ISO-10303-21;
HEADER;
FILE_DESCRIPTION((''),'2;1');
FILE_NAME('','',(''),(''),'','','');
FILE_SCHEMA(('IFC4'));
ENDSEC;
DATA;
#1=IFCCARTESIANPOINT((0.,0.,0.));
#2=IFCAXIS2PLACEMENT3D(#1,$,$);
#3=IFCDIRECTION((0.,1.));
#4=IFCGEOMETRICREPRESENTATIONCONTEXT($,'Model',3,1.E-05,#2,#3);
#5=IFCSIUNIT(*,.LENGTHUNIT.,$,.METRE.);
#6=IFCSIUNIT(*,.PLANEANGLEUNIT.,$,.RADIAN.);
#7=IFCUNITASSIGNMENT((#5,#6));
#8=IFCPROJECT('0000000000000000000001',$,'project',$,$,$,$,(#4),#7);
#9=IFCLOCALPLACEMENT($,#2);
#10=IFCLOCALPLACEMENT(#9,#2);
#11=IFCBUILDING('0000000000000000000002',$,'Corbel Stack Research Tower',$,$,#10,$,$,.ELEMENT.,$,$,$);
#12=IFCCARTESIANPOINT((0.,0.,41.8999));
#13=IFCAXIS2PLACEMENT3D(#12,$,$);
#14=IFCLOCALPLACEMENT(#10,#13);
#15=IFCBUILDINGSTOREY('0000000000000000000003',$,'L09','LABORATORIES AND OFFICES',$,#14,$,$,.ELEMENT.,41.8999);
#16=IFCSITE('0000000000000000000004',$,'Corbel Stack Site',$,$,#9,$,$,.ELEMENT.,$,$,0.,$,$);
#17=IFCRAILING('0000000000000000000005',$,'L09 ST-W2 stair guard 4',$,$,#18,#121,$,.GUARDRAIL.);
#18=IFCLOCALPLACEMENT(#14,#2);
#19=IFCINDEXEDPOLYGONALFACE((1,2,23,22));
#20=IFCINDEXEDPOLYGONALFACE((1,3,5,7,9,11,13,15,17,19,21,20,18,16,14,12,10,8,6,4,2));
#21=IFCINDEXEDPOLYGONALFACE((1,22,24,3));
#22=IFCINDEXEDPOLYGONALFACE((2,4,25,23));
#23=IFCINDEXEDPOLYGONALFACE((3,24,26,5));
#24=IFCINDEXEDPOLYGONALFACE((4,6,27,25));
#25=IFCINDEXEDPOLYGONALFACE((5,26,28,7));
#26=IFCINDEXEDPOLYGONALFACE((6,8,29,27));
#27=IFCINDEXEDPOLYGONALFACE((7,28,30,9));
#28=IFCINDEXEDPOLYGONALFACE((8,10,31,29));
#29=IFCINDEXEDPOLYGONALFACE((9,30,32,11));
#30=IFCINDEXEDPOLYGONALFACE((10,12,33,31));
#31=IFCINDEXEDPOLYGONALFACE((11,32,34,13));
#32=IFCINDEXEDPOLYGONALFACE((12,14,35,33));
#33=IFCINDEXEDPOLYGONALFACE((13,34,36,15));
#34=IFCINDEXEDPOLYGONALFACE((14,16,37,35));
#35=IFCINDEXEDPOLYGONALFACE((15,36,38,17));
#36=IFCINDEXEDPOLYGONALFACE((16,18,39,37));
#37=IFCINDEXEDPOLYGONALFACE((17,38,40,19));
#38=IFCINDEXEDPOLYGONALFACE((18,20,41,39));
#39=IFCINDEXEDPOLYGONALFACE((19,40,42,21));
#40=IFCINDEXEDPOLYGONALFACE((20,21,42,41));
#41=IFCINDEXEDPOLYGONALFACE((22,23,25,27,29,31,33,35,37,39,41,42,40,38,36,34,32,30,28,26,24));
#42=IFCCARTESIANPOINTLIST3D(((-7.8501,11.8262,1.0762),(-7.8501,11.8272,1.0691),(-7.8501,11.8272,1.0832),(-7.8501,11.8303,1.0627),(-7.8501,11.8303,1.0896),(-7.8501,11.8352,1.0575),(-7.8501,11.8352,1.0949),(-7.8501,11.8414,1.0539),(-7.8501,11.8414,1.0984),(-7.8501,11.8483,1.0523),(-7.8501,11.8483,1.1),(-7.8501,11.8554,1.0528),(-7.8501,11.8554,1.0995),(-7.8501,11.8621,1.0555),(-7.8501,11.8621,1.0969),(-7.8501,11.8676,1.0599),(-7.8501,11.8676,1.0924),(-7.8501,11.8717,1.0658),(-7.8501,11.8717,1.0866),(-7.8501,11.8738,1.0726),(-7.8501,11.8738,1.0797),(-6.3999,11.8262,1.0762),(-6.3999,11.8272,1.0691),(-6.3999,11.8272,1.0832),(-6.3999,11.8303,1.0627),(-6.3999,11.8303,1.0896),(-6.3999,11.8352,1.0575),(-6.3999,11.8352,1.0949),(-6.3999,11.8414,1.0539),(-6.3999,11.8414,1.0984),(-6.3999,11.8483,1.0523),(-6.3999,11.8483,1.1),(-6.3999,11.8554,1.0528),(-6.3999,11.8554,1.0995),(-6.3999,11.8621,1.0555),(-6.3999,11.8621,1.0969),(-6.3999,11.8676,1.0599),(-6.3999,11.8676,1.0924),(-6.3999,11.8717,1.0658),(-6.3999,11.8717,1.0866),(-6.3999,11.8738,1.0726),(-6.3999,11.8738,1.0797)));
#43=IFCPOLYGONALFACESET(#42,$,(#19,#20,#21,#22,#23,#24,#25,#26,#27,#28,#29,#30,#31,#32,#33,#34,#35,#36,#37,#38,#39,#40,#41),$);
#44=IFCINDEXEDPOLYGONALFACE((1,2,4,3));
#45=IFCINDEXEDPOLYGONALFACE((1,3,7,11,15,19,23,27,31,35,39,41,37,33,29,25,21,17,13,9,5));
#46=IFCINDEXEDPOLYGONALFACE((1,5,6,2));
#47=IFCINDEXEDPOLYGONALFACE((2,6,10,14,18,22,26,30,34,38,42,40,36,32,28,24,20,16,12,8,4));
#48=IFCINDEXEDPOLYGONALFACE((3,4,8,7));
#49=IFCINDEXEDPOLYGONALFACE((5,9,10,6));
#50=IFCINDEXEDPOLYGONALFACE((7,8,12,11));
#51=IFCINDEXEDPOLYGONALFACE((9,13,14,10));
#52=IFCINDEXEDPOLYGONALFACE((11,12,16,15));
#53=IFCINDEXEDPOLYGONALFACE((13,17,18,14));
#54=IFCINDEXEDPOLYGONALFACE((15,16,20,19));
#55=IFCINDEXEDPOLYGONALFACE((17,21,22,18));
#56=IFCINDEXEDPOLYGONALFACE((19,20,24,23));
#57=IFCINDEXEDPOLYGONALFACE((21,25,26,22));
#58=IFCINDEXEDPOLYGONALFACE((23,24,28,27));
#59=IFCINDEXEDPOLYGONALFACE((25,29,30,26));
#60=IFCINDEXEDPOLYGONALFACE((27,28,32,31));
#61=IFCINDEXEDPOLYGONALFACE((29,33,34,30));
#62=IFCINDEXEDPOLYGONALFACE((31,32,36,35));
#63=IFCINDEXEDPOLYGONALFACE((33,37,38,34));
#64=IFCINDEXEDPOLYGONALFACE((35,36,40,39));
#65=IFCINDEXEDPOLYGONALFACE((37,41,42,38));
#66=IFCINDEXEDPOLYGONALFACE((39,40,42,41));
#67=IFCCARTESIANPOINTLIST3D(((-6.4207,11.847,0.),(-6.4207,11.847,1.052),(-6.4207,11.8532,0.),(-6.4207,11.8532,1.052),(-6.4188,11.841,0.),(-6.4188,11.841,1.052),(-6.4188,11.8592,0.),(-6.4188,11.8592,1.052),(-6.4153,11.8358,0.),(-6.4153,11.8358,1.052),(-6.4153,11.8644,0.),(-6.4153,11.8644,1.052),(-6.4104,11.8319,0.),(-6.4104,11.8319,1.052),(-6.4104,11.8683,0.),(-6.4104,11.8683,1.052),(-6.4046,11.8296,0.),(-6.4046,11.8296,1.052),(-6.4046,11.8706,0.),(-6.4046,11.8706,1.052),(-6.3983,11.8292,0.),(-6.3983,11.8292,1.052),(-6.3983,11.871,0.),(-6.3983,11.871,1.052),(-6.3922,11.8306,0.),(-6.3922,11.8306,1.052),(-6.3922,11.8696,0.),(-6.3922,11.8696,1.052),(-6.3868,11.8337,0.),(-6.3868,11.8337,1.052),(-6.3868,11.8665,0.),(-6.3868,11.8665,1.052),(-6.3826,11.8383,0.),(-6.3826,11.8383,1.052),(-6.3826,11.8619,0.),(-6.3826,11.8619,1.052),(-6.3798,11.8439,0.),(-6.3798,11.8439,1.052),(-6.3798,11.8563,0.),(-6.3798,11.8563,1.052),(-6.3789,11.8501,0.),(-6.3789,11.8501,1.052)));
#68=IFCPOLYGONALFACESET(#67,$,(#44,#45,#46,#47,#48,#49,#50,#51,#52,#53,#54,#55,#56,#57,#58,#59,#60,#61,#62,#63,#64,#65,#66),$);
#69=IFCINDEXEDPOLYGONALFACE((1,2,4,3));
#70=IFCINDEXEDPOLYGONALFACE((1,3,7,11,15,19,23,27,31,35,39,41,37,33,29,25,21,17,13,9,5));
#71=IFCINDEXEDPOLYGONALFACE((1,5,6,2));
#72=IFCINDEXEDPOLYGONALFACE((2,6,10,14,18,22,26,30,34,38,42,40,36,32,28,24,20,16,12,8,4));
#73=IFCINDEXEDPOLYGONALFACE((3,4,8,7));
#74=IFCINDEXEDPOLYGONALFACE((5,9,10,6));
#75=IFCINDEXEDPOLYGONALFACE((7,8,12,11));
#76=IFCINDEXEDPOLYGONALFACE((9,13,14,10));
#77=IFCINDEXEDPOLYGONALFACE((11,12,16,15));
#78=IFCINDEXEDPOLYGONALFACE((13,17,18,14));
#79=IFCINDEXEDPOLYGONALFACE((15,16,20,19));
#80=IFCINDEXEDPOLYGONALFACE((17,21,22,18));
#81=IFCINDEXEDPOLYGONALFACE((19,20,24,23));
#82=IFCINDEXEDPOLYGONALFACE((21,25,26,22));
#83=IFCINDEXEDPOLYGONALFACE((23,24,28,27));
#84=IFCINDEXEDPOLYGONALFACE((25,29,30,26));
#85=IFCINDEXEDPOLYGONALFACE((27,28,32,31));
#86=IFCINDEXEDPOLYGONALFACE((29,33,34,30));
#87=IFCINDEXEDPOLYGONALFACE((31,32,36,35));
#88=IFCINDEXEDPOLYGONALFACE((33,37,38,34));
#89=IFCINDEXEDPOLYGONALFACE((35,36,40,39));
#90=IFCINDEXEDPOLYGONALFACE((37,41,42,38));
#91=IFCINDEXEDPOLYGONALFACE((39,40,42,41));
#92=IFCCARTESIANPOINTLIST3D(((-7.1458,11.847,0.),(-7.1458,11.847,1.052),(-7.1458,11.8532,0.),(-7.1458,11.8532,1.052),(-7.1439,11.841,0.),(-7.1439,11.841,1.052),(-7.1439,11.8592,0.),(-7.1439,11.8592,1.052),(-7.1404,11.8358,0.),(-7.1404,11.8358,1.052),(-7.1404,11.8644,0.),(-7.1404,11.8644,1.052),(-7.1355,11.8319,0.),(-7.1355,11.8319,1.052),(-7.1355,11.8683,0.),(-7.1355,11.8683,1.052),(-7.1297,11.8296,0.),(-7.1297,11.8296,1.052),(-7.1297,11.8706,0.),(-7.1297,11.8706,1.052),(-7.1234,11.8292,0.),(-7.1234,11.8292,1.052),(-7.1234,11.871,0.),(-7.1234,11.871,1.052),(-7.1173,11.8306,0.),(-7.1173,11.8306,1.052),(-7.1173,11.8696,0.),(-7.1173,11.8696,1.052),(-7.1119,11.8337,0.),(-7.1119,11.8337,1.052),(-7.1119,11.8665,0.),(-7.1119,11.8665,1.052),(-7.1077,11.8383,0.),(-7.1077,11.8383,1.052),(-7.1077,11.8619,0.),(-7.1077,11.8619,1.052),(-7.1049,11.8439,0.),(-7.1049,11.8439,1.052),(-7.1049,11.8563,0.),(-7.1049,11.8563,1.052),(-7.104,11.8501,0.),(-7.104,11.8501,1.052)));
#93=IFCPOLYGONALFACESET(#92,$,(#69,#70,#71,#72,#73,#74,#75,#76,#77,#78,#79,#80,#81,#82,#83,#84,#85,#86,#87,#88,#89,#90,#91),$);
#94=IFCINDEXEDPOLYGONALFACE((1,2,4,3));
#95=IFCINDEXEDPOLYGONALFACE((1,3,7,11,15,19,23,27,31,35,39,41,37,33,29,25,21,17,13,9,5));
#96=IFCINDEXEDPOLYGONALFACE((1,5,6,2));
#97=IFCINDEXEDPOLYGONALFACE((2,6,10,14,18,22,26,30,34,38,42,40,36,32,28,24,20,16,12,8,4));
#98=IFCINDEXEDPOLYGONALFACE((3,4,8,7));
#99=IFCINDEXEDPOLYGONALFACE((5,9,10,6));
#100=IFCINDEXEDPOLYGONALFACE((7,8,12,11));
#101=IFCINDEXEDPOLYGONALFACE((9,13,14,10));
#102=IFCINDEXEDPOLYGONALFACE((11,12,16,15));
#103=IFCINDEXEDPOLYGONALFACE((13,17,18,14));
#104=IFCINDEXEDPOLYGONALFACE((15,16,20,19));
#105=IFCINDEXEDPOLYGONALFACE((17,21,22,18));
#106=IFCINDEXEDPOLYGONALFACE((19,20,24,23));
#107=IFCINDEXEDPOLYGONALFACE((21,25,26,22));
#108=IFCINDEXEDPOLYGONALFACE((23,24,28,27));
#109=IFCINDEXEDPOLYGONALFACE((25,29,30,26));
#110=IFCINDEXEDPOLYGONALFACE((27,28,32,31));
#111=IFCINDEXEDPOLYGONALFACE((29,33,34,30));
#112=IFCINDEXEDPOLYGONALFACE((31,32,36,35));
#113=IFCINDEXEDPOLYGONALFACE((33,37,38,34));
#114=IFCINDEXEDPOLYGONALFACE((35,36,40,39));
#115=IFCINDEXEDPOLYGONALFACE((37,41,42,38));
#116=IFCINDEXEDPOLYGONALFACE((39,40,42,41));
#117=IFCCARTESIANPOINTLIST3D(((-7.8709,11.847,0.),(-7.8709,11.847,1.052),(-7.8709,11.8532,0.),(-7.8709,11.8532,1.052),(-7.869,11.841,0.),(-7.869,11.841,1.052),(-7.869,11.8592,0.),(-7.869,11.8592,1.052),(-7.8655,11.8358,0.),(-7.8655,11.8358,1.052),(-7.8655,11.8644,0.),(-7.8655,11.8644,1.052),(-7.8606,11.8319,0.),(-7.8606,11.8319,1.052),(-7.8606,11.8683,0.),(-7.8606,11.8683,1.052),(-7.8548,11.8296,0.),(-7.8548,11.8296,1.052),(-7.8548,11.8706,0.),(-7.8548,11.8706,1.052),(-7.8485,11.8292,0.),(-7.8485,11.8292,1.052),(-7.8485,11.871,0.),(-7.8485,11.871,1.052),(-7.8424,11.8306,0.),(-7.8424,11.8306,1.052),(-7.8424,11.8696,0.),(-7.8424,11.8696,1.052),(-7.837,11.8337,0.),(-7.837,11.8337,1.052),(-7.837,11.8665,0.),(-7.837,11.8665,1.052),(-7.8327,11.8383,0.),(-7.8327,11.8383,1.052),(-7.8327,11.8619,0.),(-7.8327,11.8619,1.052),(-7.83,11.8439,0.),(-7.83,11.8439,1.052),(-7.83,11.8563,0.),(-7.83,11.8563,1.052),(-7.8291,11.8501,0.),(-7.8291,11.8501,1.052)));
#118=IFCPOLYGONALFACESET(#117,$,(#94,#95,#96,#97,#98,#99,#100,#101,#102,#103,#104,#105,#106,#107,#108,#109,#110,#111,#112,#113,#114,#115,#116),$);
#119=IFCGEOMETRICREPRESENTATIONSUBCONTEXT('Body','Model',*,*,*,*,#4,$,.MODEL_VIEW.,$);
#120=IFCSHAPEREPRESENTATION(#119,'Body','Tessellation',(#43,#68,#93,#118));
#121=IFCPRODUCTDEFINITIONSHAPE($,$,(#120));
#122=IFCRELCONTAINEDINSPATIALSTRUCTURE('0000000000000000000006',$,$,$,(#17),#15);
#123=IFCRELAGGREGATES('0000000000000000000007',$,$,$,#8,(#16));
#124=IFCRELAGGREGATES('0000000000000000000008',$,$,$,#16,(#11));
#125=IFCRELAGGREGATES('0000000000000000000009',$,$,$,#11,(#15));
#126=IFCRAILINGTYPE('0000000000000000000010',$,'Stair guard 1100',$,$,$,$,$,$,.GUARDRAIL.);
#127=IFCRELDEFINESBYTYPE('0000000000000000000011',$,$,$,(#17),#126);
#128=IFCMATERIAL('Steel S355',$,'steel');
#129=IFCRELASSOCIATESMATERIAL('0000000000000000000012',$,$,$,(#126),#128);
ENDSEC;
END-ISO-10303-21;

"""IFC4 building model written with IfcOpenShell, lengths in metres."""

from ifc_helpers import new_model, si_unit, direction, frame, origin, origin_2d, place, context, subcontext, project, spatial, circle, extrude, material, type_object, element, save


model = new_model("IFC4")

# Units and contexts
model_context = context("Model", 3, precision=1e-05, world=origin(), true_north=direction((0.0, 1.0)))
body_context = subcontext(model_context, "Body", "Model", "MODEL_VIEW")
ifc_project = project(units=[si_unit("LENGTHUNIT", "METRE"), si_unit("PLANEANGLEUNIT", "RADIAN")], contexts=[model_context])

# Site, building, storey
site_placement = place(None, origin())
site = spatial("IfcSite", under=ifc_project, at=site_placement, Name="Corbel Stack Site", CompositionType="ELEMENT", RefElevation=0.0)
building_placement = place(site_placement, origin())
building = spatial("IfcBuilding", under=site, at=building_placement, Name="Corbel Stack Research Tower", CompositionType="ELEMENT")
storey_placement = place(building_placement, frame((0.0, 0.0, 41.8999)))
storey = spatial("IfcBuildingStorey", under=building, at=storey_placement, Name="L09", Description="LABORATORIES AND OFFICES", CompositionType="ELEMENT", Elevation=41.8999)

# Railing
ifc_material_1 = material(Name="Steel S355", Category="steel")
railing_type = type_object("IfcRailingType", Name="Stair guard 1100", PredefinedType="GUARDRAIL", material=ifc_material_1)
railing_1_placement = place(storey_placement, frame((-6.3999, 11.8501, 0.0)))
element("IfcRailing", 1, at=railing_1_placement, inside=storey, type_object=railing_type, Name="L09 ST-W2 stair guard 4", PredefinedType="GUARDRAIL", context=body_context, shape_type="SweptSolid", body=[
    extrude(circle(Radius=0.0239, at=origin_2d()), frame((0.0, 0.0, 1.0762), z_axis=(-1.0, 0.0, 0.0), x_axis=(0.0, -1.0, 0.0)), (0.0, 0.0, 1.0), 1.4502),
    extrude(circle(Radius=0.021, at=origin_2d()), origin(), (0.0, 0.0, 1.0), 1.052),
    extrude(circle(Radius=0.021, at=origin_2d()), frame((-0.7251, 0.0, 0.0)), (0.0, 0.0, 1.0), 1.052),
    extrude(circle(Radius=0.021, at=origin_2d()), frame((-1.4502, 0.0, 0.0)), (0.0, 0.0, 1.0), 1.052),
])

save(model, "model.ifc")
